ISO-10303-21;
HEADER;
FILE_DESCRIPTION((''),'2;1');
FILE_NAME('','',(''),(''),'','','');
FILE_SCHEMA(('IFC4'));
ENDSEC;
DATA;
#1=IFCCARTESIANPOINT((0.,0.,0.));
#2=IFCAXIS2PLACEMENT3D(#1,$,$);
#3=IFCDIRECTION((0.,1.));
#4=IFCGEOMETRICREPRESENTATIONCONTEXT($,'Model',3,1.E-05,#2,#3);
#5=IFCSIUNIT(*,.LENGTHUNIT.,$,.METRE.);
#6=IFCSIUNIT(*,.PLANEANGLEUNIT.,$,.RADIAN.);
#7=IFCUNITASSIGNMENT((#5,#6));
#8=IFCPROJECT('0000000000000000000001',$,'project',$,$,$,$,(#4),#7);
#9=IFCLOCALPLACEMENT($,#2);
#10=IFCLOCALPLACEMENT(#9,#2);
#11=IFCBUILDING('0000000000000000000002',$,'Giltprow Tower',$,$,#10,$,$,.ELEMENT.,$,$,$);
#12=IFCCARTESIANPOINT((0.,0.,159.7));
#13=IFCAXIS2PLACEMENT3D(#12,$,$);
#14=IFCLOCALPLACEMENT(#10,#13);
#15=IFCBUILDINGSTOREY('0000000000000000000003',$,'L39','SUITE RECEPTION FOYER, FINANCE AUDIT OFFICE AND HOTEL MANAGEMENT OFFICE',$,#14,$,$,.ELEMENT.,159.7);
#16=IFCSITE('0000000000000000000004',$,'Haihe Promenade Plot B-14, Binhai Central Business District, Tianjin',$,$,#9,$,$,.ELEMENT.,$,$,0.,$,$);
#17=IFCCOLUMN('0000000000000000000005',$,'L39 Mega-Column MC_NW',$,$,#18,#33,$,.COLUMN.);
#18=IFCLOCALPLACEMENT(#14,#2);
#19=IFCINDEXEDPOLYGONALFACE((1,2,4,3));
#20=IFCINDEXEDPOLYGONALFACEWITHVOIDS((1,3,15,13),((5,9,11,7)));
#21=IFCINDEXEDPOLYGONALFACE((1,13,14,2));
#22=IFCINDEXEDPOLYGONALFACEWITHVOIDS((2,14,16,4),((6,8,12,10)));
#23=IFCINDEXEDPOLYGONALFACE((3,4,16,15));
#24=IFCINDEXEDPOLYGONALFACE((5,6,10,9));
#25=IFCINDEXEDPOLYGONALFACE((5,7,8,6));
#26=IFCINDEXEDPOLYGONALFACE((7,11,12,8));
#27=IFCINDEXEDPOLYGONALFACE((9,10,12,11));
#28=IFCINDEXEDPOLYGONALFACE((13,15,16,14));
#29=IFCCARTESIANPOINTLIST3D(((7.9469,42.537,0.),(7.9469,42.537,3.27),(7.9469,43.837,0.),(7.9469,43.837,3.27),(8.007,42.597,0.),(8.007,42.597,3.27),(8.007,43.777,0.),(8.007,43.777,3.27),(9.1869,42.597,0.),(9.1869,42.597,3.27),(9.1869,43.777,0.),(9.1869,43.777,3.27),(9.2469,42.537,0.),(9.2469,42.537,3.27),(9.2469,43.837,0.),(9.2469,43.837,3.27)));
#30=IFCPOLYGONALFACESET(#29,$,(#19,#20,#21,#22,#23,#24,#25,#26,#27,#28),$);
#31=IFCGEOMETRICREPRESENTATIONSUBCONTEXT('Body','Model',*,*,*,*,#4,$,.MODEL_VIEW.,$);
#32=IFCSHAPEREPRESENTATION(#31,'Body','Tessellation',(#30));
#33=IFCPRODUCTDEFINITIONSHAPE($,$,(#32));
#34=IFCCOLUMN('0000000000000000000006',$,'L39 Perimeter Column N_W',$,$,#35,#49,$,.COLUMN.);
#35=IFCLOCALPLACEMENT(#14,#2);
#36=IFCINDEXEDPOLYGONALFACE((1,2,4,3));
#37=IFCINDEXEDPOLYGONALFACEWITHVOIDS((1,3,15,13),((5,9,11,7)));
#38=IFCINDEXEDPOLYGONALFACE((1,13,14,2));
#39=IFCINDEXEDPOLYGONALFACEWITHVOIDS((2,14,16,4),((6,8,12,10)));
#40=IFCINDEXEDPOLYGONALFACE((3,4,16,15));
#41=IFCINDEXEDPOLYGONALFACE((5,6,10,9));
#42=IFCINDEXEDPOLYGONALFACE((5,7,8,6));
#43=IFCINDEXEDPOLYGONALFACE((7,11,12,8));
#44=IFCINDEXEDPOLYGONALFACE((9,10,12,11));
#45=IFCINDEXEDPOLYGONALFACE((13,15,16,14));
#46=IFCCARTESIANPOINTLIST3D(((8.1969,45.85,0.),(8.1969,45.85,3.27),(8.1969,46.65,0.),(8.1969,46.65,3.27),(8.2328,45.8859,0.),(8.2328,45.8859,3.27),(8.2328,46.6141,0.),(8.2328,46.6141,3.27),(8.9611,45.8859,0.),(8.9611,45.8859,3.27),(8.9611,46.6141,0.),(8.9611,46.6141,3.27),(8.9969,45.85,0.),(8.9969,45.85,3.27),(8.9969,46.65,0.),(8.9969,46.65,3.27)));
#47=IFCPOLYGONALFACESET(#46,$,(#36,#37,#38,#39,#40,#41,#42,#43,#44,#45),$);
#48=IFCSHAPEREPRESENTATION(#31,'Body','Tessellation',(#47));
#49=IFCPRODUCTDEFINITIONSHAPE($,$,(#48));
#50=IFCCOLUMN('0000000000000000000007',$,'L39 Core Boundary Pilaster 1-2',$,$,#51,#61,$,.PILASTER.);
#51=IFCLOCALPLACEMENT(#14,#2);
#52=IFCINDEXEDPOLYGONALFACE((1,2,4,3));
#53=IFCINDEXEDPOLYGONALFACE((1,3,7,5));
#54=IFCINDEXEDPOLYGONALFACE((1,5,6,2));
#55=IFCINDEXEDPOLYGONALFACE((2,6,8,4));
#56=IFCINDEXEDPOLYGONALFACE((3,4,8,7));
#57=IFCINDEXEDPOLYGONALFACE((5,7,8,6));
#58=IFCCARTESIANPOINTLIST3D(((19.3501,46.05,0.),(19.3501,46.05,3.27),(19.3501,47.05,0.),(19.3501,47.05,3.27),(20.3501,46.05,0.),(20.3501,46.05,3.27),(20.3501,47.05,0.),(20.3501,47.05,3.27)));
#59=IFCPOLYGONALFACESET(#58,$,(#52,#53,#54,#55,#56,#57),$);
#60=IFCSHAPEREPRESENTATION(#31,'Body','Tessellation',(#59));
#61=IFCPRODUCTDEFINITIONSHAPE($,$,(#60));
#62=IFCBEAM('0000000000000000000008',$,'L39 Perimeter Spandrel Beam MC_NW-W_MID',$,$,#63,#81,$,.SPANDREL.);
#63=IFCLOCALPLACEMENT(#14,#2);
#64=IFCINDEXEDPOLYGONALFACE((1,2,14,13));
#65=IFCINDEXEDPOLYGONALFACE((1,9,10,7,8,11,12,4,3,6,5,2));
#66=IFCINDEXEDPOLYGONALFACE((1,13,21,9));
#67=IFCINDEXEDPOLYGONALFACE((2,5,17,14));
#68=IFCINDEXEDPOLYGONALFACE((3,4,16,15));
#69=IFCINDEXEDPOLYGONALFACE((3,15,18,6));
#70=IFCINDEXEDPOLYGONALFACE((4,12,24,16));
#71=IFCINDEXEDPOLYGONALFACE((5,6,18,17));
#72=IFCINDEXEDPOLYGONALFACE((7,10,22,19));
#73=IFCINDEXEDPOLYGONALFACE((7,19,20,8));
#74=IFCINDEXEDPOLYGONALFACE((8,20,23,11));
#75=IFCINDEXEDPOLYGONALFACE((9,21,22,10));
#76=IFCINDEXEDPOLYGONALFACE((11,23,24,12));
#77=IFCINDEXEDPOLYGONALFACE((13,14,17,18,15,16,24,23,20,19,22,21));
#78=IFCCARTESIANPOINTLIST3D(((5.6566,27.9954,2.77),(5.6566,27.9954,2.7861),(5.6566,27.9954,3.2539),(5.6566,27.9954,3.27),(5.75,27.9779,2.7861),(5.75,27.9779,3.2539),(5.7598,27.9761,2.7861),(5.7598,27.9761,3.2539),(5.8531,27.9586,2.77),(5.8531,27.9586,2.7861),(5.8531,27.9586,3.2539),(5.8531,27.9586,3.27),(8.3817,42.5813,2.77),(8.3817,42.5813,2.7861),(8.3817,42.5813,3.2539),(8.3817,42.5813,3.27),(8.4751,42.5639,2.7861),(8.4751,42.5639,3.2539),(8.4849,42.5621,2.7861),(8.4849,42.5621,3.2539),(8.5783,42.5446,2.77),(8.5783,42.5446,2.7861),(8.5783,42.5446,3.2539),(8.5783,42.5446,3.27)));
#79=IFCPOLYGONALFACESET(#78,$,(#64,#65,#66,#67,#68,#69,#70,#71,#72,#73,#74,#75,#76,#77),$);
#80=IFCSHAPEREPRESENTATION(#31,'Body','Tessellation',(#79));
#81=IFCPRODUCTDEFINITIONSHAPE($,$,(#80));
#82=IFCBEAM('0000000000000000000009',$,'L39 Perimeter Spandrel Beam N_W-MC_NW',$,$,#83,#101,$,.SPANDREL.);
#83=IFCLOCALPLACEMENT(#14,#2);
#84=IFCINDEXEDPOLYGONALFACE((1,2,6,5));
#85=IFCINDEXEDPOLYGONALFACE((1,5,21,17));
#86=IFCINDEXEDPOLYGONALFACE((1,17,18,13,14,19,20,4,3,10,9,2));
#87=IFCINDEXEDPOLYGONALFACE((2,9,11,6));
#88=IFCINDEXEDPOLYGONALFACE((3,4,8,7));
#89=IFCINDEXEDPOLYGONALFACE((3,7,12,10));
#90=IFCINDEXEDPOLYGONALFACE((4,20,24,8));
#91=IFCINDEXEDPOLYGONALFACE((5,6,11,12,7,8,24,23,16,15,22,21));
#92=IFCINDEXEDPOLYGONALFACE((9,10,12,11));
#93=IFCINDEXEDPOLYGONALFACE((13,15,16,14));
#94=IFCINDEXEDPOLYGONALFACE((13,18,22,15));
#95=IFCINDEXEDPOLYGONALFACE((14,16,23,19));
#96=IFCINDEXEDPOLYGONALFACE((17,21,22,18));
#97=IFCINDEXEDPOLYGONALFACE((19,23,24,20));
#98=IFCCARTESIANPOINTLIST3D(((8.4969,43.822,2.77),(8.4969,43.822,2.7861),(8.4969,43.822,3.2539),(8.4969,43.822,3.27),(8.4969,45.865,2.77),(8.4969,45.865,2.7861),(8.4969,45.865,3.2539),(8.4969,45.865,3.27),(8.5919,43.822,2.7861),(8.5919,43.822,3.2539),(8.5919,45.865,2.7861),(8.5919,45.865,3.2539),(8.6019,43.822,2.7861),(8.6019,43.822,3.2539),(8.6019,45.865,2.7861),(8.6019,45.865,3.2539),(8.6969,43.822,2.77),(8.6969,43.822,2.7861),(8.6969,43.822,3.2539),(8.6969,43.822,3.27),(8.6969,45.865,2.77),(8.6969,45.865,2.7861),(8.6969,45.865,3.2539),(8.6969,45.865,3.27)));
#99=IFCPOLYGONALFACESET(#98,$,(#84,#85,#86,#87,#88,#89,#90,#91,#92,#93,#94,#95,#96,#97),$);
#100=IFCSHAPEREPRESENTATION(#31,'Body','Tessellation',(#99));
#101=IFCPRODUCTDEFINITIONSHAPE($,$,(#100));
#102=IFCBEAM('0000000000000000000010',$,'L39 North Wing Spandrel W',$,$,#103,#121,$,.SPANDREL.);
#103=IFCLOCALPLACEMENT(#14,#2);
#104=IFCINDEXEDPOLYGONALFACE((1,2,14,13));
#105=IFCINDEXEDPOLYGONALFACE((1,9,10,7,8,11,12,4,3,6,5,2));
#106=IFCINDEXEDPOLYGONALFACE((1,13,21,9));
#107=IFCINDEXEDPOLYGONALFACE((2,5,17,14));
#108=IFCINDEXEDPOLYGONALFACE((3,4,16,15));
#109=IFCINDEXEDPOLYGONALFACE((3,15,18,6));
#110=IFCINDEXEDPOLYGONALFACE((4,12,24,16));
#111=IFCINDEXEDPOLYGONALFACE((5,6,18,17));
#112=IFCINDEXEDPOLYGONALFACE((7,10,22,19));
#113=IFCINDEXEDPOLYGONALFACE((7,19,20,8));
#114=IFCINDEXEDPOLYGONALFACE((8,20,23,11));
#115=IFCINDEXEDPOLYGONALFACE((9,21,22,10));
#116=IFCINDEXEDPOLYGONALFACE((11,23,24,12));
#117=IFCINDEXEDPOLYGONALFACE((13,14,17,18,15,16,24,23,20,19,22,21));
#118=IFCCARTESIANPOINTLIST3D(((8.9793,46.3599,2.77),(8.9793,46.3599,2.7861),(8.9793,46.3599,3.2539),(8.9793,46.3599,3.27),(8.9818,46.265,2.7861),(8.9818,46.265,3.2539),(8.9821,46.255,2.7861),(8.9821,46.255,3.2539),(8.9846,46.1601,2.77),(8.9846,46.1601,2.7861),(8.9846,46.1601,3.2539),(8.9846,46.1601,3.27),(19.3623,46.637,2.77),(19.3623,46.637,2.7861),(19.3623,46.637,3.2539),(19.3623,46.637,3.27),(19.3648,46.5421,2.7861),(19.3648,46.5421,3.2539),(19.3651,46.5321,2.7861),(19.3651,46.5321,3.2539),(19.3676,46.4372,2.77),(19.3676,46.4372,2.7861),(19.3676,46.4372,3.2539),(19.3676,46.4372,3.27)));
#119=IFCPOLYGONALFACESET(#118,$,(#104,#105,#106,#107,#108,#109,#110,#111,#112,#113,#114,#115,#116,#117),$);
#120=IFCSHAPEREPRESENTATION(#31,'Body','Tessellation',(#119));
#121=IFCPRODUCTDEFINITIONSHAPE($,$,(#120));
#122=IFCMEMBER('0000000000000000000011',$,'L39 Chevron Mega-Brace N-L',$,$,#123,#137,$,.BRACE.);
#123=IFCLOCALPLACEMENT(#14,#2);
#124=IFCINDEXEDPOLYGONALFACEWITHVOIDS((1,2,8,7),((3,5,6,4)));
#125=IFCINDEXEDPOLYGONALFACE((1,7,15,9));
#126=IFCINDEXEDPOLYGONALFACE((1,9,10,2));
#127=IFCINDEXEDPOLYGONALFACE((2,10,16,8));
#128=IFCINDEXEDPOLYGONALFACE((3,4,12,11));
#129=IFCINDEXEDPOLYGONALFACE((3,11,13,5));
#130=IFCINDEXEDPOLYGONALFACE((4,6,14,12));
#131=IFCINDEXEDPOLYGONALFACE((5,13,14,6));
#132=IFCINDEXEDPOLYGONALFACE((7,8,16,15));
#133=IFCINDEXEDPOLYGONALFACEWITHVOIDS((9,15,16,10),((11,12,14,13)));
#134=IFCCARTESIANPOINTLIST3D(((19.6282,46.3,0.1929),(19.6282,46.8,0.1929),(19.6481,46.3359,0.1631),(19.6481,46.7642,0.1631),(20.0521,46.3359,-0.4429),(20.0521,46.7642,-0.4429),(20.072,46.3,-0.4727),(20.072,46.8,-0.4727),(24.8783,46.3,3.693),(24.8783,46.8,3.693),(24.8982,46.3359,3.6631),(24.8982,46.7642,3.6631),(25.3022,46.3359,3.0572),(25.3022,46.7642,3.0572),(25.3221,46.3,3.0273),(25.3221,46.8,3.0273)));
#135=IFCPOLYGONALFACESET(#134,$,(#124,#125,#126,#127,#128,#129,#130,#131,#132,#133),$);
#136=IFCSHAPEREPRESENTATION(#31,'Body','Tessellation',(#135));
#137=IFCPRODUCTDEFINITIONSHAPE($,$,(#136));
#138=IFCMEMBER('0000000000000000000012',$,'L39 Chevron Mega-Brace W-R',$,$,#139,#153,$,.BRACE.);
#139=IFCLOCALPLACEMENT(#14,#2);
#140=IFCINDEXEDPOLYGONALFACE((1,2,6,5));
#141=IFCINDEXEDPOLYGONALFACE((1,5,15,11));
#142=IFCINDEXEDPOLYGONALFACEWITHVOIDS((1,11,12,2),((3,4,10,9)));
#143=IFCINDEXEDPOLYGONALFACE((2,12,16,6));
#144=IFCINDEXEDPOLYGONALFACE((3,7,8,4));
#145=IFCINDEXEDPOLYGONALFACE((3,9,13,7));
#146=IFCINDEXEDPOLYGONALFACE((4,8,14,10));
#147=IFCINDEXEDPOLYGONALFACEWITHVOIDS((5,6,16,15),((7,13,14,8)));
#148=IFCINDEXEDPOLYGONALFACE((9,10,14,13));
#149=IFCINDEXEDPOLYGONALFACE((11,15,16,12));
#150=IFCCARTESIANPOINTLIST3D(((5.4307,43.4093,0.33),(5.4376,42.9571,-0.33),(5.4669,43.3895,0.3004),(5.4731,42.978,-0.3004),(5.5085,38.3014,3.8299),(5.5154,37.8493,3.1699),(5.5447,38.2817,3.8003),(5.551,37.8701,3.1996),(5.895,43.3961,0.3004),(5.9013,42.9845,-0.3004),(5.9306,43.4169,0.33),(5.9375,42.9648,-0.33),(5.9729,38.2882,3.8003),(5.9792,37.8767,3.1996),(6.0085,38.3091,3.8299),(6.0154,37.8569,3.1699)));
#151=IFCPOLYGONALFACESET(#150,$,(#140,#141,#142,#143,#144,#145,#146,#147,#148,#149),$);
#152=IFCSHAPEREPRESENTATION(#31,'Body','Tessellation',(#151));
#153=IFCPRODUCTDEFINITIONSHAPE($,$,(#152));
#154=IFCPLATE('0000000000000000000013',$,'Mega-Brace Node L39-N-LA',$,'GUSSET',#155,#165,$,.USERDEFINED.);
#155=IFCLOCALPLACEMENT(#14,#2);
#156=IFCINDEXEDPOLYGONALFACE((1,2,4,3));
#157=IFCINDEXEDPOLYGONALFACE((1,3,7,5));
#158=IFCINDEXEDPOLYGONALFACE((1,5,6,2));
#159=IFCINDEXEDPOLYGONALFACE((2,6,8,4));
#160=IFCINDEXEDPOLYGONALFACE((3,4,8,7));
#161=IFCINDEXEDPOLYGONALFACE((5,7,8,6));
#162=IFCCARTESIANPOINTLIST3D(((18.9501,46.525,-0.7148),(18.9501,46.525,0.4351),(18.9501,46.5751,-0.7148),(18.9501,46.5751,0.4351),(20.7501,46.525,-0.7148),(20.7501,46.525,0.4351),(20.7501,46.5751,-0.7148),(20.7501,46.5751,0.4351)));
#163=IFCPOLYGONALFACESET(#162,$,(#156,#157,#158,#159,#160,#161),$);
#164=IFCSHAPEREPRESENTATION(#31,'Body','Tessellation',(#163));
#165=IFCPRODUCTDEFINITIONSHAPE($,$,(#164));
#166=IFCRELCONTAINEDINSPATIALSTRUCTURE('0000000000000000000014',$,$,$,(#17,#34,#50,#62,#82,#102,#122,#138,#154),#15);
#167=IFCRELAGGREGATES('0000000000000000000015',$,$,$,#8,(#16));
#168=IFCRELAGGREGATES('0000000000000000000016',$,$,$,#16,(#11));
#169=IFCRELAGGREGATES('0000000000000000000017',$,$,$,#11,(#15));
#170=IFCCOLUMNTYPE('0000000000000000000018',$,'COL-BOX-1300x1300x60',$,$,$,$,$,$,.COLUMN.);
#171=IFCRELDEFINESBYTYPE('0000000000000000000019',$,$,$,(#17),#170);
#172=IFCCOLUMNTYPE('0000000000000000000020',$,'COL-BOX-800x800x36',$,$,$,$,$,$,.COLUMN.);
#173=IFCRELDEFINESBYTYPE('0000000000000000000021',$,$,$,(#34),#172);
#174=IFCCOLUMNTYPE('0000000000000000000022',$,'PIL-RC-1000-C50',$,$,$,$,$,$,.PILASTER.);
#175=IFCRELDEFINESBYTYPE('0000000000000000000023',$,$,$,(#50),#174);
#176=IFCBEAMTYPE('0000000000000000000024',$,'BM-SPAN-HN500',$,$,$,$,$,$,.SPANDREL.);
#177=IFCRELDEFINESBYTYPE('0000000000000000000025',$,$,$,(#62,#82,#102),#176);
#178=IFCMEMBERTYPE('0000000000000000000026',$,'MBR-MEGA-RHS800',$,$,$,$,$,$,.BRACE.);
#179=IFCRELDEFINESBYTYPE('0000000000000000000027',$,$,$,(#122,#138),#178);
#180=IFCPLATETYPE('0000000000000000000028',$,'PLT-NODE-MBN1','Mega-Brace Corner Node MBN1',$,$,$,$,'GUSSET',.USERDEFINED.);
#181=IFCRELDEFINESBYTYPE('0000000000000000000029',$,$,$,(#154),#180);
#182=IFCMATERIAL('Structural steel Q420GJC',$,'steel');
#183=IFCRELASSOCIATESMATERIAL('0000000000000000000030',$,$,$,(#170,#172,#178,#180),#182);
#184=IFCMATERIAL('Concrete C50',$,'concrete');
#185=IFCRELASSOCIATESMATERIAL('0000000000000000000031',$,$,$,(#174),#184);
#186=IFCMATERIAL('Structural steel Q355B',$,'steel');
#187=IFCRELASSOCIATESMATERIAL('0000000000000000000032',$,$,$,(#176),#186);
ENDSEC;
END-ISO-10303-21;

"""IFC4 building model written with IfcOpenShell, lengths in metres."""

from ifc_helpers import new_model, si_unit, direction, frame, origin, origin_2d, place, context, subcontext, project, spatial, rectangle, hollow_rectangle, i_section, extrude, source, transform, mapped, material, material_profile, profile_set, type_object, element, save


model = new_model("IFC4")

# Units and contexts
model_context = context("Model", 3, precision=1e-05, world=origin(), true_north=direction((0.0, 1.0)))
body_context = subcontext(model_context, "Body", "Model", "MODEL_VIEW")
ifc_project = project(units=[si_unit("LENGTHUNIT", "METRE"), si_unit("PLANEANGLEUNIT", "RADIAN")], contexts=[model_context])

# Site, building, storey
site_placement = place(None, origin())
site = spatial("IfcSite", under=ifc_project, at=site_placement, Name="Haihe Promenade Plot B-14, Binhai Central Business District, Tianjin", CompositionType="ELEMENT", RefElevation=0.0)
building_placement = place(site_placement, origin())
building = spatial("IfcBuilding", under=site, at=building_placement, Name="Giltprow Tower", CompositionType="ELEMENT")
storey_placement = place(building_placement, frame((0.0, 0.0, 159.7)))
storey = spatial("IfcBuildingStorey", under=building, at=storey_placement, Name="L39", Description="SUITE RECEPTION FOYER, FINANCE AUDIT OFFICE AND HOTEL MANAGEMENT OFFICE", CompositionType="ELEMENT", Elevation=159.7)

# Columns
ifc_material_1 = material(Name="Structural steel Q420GJC", Category="steel")
ifc_material_profile_1 = material_profile(ifc_material_1, hollow_rectangle(XDim=1.3, YDim=1.3, WallThickness=0.0601, at=origin_2d()), Name="BOX 1300x1300x60")
ifc_profile_set_1 = profile_set([ifc_material_profile_1], Name="Structural steel Q420GJC")
column_type_1 = type_object("IfcColumnType", Name="COL-BOX-1300x1300x60", PredefinedType="COLUMN", material=ifc_profile_set_1)
shared_shape_1 = source(origin(), body_context, "Body", "SweptSolid", [
    extrude(hollow_rectangle(XDim=1.3, YDim=1.3, WallThickness=0.0601, at=origin_2d()), origin(), (0.0, 0.0, 1.0), 3.27),
])
column_1_placement = place(storey_placement, frame((8.5969, 43.187, 0.0), z_axis=(0.0, 0.0, 1.0), x_axis=(1.0, 0.0, 0.0)))
element("IfcColumn", 1, at=column_1_placement, inside=storey, type_object=column_type_1, Name="L39 Mega-Column MC_NW", PredefinedType="COLUMN", context=body_context, shape_type="MappedRepresentation", body=[
    mapped(shared_shape_1, transform((0.0, 0.0, 0.0), x_axis=(1.0, 0.0, 0.0), y_axis=(0.0, 1.0, 0.0), z_axis=(0.0, 0.0, 1.0), scale=1.0)),
])
ifc_material_profile_2 = material_profile(ifc_material_1, hollow_rectangle(XDim=0.8, YDim=0.8, WallThickness=0.0359, at=origin_2d()), Name="BOX 800x800x36")
ifc_profile_set_2 = profile_set([ifc_material_profile_2], Name="Structural steel Q420GJC")
column_type_2 = type_object("IfcColumnType", Name="COL-BOX-800x800x36", PredefinedType="COLUMN", material=ifc_profile_set_2)
shared_shape_2 = source(origin(), body_context, "Body", "SweptSolid", [
    extrude(hollow_rectangle(XDim=0.8, YDim=0.8, WallThickness=0.0359, at=origin_2d()), origin(), (0.0, 0.0, 1.0), 3.27),
])
column_2_placement = place(storey_placement, frame((8.5969, 46.25, 0.0), z_axis=(0.0, 0.0, 1.0), x_axis=(1.0, 0.0, 0.0)))
element("IfcColumn", 2, at=column_2_placement, inside=storey, type_object=column_type_2, Name="L39 Perimeter Column N_W", PredefinedType="COLUMN", context=body_context, shape_type="MappedRepresentation", body=[
    mapped(shared_shape_2, transform((0.0, 0.0, 0.0), x_axis=(1.0, 0.0, 0.0), y_axis=(0.0, 1.0, 0.0), z_axis=(0.0, 0.0, 1.0), scale=1.0)),
])
ifc_material_2 = material(Name="Concrete C50", Category="concrete")
ifc_material_profile_3 = material_profile(ifc_material_2, rectangle(XDim=1.0, YDim=1.0, at=origin_2d()), Name="RC 1000x1000")
ifc_profile_set_3 = profile_set([ifc_material_profile_3], Name="Concrete C50")
column_type_3 = type_object("IfcColumnType", Name="PIL-RC-1000-C50", PredefinedType="PILASTER", material=ifc_profile_set_3)
shared_shape_3 = source(origin(), body_context, "Body", "SweptSolid", [
    extrude(rectangle(XDim=1.0, YDim=1.0, at=origin_2d()), origin(), (0.0, 0.0, 1.0), 3.27),
])
column_3_placement = place(storey_placement, frame((19.8501, 46.55, 0.0), z_axis=(0.0, 0.0, 1.0), x_axis=(1.0, 0.0, 0.0)))
element("IfcColumn", 3, at=column_3_placement, inside=storey, type_object=column_type_3, Name="L39 Core Boundary Pilaster 1-2", PredefinedType="PILASTER", context=body_context, shape_type="MappedRepresentation", body=[
    mapped(shared_shape_3, transform((0.0, 0.0, 0.0), x_axis=(1.0, 0.0, 0.0), y_axis=(0.0, 1.0, 0.0), z_axis=(0.0, 0.0, 1.0), scale=1.0)),
])

# Beams
ifc_material_3 = material(Name="Structural steel Q355B", Category="steel")
ifc_material_profile_4 = material_profile(ifc_material_3, i_section(OverallWidth=0.2, OverallDepth=0.5, WebThickness=0.01, FlangeThickness=0.0161, at=origin_2d()), Name="HN 500x200x10x16")
ifc_profile_set_4 = profile_set([ifc_material_profile_4], Name="Structural steel Q355B")
beam_type = type_object("IfcBeamType", Name="BM-SPAN-HN500", PredefinedType="SPANDREL", material=ifc_profile_set_4)
shared_shape_4 = source(origin(), body_context, "Body", "SweptSolid", [
    extrude(i_section(OverallWidth=0.2, OverallDepth=0.5, WebThickness=0.01, FlangeThickness=0.0161, at=origin_2d()), origin(), (0.0, 0.0, 1.0), 14.8384),
])
beam_1_placement = place(storey_placement, frame((8.48, 42.563, 3.02), z_axis=(-0.183653, -0.982991, 0.0), x_axis=(0.982991, -0.183653, 0.0)))
element("IfcBeam", 4, at=beam_1_placement, inside=storey, type_object=beam_type, Name="L39 Perimeter Spandrel Beam MC_NW-W_MID", PredefinedType="SPANDREL", context=body_context, shape_type="MappedRepresentation", body=[
    mapped(shared_shape_4, transform((0.0, 0.0, 0.0), x_axis=(1.0, 0.0, 0.0), y_axis=(0.0, 1.0, 0.0), z_axis=(0.0, 0.0, 1.0), scale=1.0)),
])
shared_shape_5 = source(origin(), body_context, "Body", "SweptSolid", [
    extrude(i_section(OverallWidth=0.2, OverallDepth=0.5, WebThickness=0.01, FlangeThickness=0.0161, at=origin_2d()), origin(), (0.0, 0.0, 1.0), 2.043),
])
beam_2_placement = place(storey_placement, frame((8.5969, 45.865, 3.02), z_axis=(0.0, -1.0, 0.0), x_axis=(1.0, 0.0, 0.0)))
element("IfcBeam", 5, at=beam_2_placement, inside=storey, type_object=beam_type, Name="L39 Perimeter Spandrel Beam N_W-MC_NW", PredefinedType="SPANDREL", context=body_context, shape_type="MappedRepresentation", body=[
    mapped(shared_shape_5, transform((0.0, 0.0, 0.0), x_axis=(1.0, 0.0, 0.0), y_axis=(0.0, 1.0, 0.0), z_axis=(0.0, 0.0, 1.0), scale=1.0)),
])
shared_shape_6 = source(origin(), body_context, "Body", "SweptSolid", [
    extrude(i_section(OverallWidth=0.2, OverallDepth=0.5, WebThickness=0.01, FlangeThickness=0.0161, at=origin_2d()), origin(), (0.0, 0.0, 1.0), 10.3867),
])
beam_3_placement = place(storey_placement, frame((8.9819, 46.26, 3.02), z_axis=(0.999644, 0.026678, 0.0), x_axis=(-0.026678, 0.999644, 0.0)))
element("IfcBeam", 6, at=beam_3_placement, inside=storey, type_object=beam_type, Name="L39 North Wing Spandrel W", PredefinedType="SPANDREL", context=body_context, shape_type="MappedRepresentation", body=[
    mapped(shared_shape_6, transform((0.0, 0.0, 0.0), x_axis=(1.0, 0.0, 0.0), y_axis=(0.0, 1.0, 0.0), z_axis=(0.0, 0.0, 1.0), scale=1.0)),
])

# Members
ifc_material_profile_5 = material_profile(ifc_material_1, hollow_rectangle(XDim=0.5, YDim=0.8, WallThickness=0.0359, at=origin_2d()), Name="RHS 800x500x36")
ifc_profile_set_5 = profile_set([ifc_material_profile_5], Name="Structural steel Q420GJC")
member_type = type_object("IfcMemberType", Name="MBR-MEGA-RHS800", PredefinedType="BRACE", material=ifc_profile_set_5)
shared_shape_7 = source(origin(), body_context, "Body", "SweptSolid", [
    extrude(hollow_rectangle(XDim=0.5, YDim=0.8, WallThickness=0.0359, at=origin_2d()), origin(), (0.0, 0.0, 1.0), 6.3098),
])
member_1_placement = place(storey_placement, frame((19.8501, 46.55, -0.1399), z_axis=(0.83205, 0.0, 0.5547), x_axis=(0.0, 1.0, 0.0)))
element("IfcMember", 7, at=member_1_placement, inside=storey, type_object=member_type, Name="L39 Chevron Mega-Brace N-L", PredefinedType="BRACE", context=body_context, shape_type="MappedRepresentation", body=[
    mapped(shared_shape_7, transform((0.0, 0.0, 0.0), x_axis=(1.0, 0.0, 0.0), y_axis=(0.0, 1.0, 0.0), z_axis=(0.0, 0.0, 1.0), scale=1.0)),
])
shared_shape_8 = source(origin(), body_context, "Body", "SweptSolid", [
    extrude(hollow_rectangle(XDim=0.5, YDim=0.8, WallThickness=0.0359, at=origin_2d()), origin(), (0.0, 0.0, 1.0), 6.1924),
])
member_2_placement = place(storey_placement, frame((5.6841, 43.187, 0.0), z_axis=(0.012577, -0.824857, 0.565202), x_axis=(0.999884, 0.015245, 0.0)))
element("IfcMember", 8, at=member_2_placement, inside=storey, type_object=member_type, Name="L39 Chevron Mega-Brace W-R", PredefinedType="BRACE", context=body_context, shape_type="MappedRepresentation", body=[
    mapped(shared_shape_8, transform((0.0, 0.0, 0.0), x_axis=(1.0, 0.0, 0.0), y_axis=(0.0, 1.0, 0.0), z_axis=(0.0, 0.0, 1.0), scale=1.0)),
])

# Plate
plate_type = type_object("IfcPlateType", Name="PLT-NODE-MBN1", Description="Mega-Brace Corner Node MBN1", ElementType="GUSSET", PredefinedType="USERDEFINED", material=ifc_material_1)
shared_shape_9 = source(origin(), body_context, "Body", "SweptSolid", [
    extrude(rectangle(XDim=1.8, YDim=0.05, at=origin_2d()), origin(), (0.0, 0.0, 1.0), 1.1499),
])
for number, where, z_axis, x_axis, name in (
    (9, (19.8501, 46.55, -0.7148), (0.0, 0.0, 1.0), (1.0, 0.0, 0.0), "Mega-Brace Node L39-N-LA"),
):
    element("IfcPlate", number, at=place(storey_placement, frame(where, z_axis=z_axis, x_axis=x_axis)), inside=storey, type_object=plate_type, Name=name, ObjectType="GUSSET", PredefinedType="USERDEFINED", context=body_context, shape_type="MappedRepresentation", body=[
        mapped(shared_shape_9, transform((0.0, 0.0, 0.0), x_axis=(1.0, 0.0, 0.0), y_axis=(0.0, 1.0, 0.0), z_axis=(0.0, 0.0, 1.0), scale=1.0)),
    ])

save(model, "model.ifc")
